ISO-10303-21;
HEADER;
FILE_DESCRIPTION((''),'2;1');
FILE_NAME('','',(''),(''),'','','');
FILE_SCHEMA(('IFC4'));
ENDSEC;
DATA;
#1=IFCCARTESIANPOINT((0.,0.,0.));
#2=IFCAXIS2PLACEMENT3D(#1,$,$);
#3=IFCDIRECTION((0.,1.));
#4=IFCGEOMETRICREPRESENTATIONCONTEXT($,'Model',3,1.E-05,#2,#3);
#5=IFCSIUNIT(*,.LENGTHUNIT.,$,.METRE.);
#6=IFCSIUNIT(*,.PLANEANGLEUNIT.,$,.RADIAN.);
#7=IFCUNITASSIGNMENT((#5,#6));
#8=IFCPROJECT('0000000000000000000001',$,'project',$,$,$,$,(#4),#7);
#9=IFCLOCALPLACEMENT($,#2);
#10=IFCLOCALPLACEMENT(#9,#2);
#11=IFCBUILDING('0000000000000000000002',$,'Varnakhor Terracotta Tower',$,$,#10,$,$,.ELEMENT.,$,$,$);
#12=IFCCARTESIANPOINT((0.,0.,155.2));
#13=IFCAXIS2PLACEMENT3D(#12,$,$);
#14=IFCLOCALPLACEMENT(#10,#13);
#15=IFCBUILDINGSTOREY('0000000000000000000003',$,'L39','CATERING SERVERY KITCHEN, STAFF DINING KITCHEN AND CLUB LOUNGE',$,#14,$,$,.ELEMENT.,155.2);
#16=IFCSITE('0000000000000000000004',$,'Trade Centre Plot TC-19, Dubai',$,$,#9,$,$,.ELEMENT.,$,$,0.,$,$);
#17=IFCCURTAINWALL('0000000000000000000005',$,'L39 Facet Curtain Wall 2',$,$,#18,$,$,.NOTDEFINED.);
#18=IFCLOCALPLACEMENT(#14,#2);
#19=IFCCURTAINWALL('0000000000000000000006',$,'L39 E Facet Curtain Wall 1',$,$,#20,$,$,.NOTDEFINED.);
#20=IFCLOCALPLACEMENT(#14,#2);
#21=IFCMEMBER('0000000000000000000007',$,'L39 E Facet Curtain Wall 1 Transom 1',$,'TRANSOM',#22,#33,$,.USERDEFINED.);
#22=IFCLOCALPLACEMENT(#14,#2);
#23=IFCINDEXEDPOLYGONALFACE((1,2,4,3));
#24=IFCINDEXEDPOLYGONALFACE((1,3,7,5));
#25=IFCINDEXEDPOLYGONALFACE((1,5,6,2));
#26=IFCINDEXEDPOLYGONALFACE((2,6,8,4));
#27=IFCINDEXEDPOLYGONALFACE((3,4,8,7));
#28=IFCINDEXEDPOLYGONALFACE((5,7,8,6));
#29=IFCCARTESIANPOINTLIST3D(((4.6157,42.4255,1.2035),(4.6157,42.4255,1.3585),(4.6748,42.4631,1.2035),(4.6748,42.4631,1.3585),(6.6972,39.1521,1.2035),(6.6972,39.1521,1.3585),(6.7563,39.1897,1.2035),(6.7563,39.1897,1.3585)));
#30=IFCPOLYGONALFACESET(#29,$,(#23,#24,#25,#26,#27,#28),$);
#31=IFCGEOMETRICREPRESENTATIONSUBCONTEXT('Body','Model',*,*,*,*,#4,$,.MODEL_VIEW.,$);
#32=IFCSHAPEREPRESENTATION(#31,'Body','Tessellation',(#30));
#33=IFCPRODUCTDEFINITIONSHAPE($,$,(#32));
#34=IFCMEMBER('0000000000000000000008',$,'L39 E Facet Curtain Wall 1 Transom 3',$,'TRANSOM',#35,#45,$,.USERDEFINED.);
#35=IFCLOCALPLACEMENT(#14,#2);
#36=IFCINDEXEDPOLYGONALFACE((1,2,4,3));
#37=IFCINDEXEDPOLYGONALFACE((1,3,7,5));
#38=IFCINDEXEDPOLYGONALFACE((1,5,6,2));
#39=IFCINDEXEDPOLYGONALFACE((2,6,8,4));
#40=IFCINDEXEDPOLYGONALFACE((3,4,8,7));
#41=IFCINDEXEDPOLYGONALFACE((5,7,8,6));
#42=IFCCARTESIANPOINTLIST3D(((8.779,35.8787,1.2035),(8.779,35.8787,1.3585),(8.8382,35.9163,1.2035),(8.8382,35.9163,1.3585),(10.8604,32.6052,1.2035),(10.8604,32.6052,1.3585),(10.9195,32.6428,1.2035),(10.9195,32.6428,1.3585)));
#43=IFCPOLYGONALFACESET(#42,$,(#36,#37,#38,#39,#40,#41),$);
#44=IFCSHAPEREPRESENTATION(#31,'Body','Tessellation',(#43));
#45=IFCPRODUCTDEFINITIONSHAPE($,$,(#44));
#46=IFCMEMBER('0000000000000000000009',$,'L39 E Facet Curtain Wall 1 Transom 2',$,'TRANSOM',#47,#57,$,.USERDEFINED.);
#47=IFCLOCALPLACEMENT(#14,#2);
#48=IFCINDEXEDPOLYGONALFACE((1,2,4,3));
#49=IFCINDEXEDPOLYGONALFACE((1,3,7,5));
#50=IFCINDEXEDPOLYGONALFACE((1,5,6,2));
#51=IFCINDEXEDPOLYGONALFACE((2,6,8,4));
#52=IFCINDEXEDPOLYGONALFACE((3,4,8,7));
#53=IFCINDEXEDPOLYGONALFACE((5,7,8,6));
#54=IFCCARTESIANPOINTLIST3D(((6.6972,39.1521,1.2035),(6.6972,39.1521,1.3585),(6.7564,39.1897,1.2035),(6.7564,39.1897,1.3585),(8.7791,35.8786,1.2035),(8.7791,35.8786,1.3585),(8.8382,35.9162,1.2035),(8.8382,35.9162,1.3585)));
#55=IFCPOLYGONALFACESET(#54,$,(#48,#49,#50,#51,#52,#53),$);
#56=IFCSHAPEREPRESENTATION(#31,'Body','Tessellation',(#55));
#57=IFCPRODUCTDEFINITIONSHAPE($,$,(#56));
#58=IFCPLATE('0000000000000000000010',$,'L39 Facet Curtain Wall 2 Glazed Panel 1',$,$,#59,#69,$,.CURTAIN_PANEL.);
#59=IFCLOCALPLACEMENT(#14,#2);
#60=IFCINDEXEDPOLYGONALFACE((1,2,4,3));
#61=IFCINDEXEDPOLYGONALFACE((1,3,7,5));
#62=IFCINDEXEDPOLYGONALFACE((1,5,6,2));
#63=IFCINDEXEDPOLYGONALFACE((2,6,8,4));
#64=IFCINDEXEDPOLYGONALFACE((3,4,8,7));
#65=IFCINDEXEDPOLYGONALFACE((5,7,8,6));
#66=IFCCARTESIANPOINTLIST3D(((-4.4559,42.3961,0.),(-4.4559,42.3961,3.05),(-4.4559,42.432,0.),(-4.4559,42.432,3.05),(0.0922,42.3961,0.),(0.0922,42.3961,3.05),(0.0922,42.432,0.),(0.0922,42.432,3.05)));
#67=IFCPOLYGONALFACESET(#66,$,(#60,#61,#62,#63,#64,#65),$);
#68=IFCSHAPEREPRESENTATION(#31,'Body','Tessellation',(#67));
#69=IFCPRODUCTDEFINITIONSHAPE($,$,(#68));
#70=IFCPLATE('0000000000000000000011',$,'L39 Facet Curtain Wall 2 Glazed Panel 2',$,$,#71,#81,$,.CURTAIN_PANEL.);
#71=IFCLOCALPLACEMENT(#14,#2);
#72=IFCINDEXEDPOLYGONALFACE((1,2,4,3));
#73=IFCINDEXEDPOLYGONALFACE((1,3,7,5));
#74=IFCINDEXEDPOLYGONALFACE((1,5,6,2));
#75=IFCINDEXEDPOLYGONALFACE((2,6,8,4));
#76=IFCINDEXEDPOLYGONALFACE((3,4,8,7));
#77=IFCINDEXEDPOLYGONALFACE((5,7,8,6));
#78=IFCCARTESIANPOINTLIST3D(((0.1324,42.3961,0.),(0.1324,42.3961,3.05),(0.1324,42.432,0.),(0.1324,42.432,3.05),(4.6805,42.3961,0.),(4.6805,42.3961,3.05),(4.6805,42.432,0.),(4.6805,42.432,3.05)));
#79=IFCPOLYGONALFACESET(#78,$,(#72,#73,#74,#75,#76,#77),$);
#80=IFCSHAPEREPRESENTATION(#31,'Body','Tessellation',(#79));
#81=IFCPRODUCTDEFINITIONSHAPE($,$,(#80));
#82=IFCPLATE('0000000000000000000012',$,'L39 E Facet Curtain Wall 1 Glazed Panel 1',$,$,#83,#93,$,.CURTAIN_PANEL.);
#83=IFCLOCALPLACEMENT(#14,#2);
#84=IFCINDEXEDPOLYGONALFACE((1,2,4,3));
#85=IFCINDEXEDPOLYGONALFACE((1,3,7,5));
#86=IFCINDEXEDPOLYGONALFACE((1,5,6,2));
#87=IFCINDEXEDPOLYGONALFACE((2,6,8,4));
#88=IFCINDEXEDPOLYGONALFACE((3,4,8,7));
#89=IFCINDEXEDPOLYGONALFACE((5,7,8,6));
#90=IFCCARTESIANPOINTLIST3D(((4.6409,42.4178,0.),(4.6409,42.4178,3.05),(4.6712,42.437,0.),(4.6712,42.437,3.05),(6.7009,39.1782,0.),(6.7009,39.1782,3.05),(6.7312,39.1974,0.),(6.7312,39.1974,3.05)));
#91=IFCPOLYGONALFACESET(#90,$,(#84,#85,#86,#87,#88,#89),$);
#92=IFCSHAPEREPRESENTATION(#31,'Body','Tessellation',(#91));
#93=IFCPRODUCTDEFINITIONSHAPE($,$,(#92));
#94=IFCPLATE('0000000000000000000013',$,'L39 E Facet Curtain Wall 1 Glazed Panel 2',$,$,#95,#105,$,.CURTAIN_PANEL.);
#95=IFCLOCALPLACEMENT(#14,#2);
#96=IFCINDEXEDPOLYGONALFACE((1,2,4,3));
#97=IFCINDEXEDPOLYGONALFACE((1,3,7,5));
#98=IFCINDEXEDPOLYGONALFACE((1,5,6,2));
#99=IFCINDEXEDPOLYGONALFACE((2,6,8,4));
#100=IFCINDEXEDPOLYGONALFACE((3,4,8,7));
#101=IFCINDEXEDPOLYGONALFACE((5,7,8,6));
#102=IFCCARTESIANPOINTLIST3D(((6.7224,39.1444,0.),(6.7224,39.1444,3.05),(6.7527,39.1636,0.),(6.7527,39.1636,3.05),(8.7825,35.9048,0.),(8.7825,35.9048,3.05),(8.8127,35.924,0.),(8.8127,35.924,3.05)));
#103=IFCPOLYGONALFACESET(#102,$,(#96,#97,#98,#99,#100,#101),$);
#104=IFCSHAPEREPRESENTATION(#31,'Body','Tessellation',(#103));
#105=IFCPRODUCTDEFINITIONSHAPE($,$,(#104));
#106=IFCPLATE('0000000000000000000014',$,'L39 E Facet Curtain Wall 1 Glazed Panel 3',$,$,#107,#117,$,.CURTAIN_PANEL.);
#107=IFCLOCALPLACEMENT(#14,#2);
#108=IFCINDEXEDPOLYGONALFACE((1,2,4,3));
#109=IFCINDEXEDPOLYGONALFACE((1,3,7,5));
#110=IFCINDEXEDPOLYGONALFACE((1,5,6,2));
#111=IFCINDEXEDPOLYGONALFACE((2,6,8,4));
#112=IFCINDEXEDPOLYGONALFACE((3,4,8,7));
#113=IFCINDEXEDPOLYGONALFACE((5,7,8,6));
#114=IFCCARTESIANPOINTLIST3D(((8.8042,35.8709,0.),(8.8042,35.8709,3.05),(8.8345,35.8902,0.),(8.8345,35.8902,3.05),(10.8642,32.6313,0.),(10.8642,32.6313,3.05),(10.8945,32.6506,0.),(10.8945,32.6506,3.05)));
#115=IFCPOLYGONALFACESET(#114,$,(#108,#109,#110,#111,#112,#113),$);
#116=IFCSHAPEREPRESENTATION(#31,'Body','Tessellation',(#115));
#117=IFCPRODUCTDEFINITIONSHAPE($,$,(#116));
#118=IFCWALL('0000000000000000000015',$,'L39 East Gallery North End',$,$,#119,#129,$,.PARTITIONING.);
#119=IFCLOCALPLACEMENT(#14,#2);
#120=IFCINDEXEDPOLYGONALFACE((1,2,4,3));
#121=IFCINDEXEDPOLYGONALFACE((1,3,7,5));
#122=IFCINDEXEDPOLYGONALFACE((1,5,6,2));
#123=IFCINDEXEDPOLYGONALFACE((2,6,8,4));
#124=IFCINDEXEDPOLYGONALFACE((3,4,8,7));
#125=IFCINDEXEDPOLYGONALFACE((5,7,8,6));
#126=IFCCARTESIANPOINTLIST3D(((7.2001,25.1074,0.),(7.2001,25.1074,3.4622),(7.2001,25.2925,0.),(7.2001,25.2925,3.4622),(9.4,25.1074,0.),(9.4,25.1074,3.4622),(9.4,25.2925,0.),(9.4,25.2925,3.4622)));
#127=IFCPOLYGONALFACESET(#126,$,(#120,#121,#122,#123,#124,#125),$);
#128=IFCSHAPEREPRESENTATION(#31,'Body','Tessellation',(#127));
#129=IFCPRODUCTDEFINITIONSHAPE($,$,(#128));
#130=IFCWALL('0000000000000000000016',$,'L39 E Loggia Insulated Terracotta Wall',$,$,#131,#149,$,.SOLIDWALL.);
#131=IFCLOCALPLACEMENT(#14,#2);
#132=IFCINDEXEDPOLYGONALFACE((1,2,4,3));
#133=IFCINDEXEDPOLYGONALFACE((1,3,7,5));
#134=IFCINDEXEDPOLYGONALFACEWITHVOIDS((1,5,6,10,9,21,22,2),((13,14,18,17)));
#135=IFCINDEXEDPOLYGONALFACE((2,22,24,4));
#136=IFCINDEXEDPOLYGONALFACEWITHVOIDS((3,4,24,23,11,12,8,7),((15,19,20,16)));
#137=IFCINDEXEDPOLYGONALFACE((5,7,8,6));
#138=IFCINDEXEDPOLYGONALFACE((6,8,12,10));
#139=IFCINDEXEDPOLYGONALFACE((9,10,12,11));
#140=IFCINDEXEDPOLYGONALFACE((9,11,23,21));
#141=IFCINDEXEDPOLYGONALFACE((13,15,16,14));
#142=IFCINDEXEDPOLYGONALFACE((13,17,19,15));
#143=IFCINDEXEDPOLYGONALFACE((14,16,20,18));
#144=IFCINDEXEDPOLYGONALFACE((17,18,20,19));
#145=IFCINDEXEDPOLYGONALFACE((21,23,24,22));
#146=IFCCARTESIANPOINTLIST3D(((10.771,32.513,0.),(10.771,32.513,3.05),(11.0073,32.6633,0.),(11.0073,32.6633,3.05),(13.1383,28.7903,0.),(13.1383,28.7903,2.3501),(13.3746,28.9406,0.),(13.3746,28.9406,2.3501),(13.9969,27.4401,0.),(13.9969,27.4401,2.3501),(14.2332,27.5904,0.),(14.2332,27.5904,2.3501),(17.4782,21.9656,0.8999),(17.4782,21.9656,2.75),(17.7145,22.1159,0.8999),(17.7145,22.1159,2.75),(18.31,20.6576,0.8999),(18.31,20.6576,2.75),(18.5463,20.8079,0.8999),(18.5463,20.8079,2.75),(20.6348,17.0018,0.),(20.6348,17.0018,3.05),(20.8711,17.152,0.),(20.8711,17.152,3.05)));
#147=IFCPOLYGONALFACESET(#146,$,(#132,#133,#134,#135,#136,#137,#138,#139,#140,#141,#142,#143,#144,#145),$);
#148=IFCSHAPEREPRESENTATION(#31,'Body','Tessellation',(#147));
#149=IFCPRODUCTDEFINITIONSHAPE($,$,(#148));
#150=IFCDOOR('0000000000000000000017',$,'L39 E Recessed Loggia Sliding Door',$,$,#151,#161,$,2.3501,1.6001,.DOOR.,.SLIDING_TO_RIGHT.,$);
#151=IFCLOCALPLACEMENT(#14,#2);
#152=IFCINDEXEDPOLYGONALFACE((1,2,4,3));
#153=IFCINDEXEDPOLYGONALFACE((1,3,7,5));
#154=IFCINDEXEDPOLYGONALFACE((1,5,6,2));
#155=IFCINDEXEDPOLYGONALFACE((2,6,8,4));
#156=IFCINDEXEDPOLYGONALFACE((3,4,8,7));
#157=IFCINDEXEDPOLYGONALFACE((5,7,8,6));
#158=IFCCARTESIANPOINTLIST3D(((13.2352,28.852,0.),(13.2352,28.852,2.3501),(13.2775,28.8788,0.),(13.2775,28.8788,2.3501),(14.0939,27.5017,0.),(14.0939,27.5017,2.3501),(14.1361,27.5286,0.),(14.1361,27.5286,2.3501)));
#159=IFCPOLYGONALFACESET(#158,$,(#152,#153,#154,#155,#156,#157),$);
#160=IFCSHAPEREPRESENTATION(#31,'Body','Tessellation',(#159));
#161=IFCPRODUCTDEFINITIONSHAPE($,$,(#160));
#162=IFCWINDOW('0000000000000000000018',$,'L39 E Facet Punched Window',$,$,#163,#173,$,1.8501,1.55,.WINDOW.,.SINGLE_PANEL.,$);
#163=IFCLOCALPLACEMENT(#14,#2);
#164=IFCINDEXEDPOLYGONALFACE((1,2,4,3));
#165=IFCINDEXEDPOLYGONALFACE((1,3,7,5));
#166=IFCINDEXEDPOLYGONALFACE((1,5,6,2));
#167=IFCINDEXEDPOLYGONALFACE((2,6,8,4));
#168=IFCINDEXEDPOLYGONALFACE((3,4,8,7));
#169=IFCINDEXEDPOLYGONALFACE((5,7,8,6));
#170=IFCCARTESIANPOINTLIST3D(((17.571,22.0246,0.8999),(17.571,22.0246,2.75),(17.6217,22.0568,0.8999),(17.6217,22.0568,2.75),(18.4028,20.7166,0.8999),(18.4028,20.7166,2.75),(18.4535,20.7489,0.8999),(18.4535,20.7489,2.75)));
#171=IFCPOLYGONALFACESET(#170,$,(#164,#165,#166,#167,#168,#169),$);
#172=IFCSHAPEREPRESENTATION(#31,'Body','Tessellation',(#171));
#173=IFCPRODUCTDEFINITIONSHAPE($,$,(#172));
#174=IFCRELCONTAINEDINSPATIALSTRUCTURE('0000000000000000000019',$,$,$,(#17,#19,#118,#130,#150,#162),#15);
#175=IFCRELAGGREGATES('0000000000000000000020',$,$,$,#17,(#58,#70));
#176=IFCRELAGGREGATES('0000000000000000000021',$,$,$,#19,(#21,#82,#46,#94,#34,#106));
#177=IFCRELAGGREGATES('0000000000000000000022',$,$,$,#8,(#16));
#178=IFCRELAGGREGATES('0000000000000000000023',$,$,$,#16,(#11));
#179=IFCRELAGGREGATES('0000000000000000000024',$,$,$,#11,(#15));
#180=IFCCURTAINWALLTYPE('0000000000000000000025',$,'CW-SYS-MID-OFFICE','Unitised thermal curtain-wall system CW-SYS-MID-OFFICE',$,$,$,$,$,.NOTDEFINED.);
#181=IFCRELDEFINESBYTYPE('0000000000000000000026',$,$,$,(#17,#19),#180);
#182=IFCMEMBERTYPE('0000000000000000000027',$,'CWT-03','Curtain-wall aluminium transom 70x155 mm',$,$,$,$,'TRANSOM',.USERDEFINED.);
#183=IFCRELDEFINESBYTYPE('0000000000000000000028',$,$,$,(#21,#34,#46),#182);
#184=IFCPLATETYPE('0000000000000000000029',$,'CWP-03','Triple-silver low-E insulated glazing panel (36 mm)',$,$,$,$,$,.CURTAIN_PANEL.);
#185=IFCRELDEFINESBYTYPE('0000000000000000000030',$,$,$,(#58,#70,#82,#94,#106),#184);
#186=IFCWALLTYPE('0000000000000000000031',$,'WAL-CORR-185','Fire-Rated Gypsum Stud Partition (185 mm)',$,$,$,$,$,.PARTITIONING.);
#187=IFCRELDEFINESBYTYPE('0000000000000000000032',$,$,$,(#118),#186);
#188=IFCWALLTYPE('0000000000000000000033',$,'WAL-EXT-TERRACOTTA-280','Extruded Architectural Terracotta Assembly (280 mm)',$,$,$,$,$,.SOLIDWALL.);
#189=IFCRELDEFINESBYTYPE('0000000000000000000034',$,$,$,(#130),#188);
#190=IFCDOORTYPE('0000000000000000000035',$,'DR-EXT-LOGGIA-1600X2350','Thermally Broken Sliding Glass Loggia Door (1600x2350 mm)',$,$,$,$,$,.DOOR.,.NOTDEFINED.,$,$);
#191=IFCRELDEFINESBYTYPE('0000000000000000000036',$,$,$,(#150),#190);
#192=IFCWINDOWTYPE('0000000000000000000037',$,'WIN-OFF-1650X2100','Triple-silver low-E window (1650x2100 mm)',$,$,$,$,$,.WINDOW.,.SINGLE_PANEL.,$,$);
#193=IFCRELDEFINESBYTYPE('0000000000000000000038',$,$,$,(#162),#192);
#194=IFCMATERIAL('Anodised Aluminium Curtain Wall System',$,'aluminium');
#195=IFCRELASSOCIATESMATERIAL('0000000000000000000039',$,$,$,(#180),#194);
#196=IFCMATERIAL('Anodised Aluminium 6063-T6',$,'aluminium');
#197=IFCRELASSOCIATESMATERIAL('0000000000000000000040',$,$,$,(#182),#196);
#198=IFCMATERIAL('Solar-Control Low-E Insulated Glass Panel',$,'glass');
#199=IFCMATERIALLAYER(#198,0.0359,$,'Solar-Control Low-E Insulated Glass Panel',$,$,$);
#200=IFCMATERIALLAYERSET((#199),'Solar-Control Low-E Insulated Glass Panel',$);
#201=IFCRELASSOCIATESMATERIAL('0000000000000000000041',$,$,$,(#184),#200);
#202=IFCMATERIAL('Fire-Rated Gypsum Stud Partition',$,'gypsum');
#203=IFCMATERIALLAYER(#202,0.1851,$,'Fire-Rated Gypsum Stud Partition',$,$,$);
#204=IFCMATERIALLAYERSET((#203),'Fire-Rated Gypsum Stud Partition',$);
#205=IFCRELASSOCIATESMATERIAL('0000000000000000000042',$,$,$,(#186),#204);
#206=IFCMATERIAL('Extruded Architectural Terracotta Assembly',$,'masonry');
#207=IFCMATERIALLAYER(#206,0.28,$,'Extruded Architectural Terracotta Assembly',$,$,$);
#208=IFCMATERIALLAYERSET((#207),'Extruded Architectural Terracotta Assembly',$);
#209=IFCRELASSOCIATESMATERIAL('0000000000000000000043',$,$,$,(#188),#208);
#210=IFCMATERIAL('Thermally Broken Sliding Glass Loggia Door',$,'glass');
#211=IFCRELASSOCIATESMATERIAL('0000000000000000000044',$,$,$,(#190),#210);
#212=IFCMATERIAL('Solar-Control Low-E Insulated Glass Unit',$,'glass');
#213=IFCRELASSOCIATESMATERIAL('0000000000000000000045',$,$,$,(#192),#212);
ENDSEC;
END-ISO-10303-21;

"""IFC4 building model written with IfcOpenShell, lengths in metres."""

from ifc_helpers import new_model, si_unit, direction, frame, frame_2d, origin, origin_2d, place, context, subcontext, project, spatial, rectangle, extrude, source, transform, mapped, material, layer, layer_set, material_profile, profile_set, type_object, type_shapes, element, fill, aggregate, save


model = new_model("IFC4")

# Units and contexts
model_context = context("Model", 3, precision=1e-05, world=origin(), true_north=direction((0.0, 1.0)))
body_context = subcontext(model_context, "Body", "Model", "MODEL_VIEW")
ifc_project = project(units=[si_unit("LENGTHUNIT", "METRE"), si_unit("PLANEANGLEUNIT", "RADIAN")], contexts=[model_context])

# Site, building, storey
site_placement = place(None, origin())
site = spatial("IfcSite", under=ifc_project, at=site_placement, Name="Trade Centre Plot TC-19, Dubai", CompositionType="ELEMENT", RefElevation=0.0)
building_placement = place(site_placement, origin())
building = spatial("IfcBuilding", under=site, at=building_placement, Name="Varnakhor Terracotta Tower", CompositionType="ELEMENT")
storey_placement = place(building_placement, frame((0.0, 0.0, 155.2)))
storey = spatial("IfcBuildingStorey", under=building, at=storey_placement, Name="L39", Description="CATERING SERVERY KITCHEN, STAFF DINING KITCHEN AND CLUB LOUNGE", CompositionType="ELEMENT", Elevation=155.2)

# Curtain wall
ifc_material_1 = material(Name="Anodised Aluminium Curtain Wall System", Category="aluminium")
curtain_wall_type = type_object("IfcCurtainWallType", Name="CW-SYS-MID-OFFICE", Description="Unitised thermal curtain-wall system CW-SYS-MID-OFFICE", PredefinedType="NOTDEFINED", material=ifc_material_1)
curtain_wall_1_placement = place(storey_placement, origin())
curtain_wall_1 = element("IfcCurtainWall", 1, at=curtain_wall_1_placement, inside=storey, type_object=curtain_wall_type, Name="L39 Facet Curtain Wall 2", PredefinedType="NOTDEFINED")
ifc_material_2 = material(Name="Anodised Aluminium 6063-T6", Category="aluminium")

# Curtain wall
curtain_wall_2_placement = place(storey_placement, origin())
curtain_wall_2 = element("IfcCurtainWall", 2, at=curtain_wall_2_placement, inside=storey, type_object=curtain_wall_type, Name="L39 E Facet Curtain Wall 1", PredefinedType="NOTDEFINED")

# Members
ifc_material_profile_1 = material_profile(ifc_material_2, rectangle(XDim=0.0701, YDim=0.155, at=origin_2d()), Name="ALU TRANSOM 70x155")
ifc_profile_set_1 = profile_set([ifc_material_profile_1], Name="Anodised Aluminium 6063-T6")
member_type_1 = type_object("IfcMemberType", Name="CWT-03", Description="Curtain-wall aluminium transom 70x155 mm", ElementType="TRANSOM", PredefinedType="USERDEFINED", material=ifc_profile_set_1)
shared_shape_1 = source(origin(), body_context, "Body", "SweptSolid", [
    extrude(rectangle(XDim=0.0701, YDim=0.155, at=origin_2d()), origin(), (0.0, 0.0, 1.0), 3.8792),
])
member_1_placement = place(storey_placement, frame((4.6453, 42.4443, 1.281), z_axis=(0.53659, -0.843843, 0.0), x_axis=(0.843843, 0.53659, 0.0)))
member_1 = element("IfcMember", 3, at=member_1_placement, type_object=member_type_1, Name="L39 E Facet Curtain Wall 1 Transom 1", ObjectType="TRANSOM", PredefinedType="USERDEFINED", context=body_context, shape_type="MappedRepresentation", body=[
    mapped(shared_shape_1, transform((0.0, 0.0, 0.0), scale=1.0)),
])
member_2_placement = place(storey_placement, frame((8.8086, 35.8975, 1.281), z_axis=(0.536546, -0.843871, 0.0), x_axis=(0.843871, 0.536546, 0.0)))
member_2 = element("IfcMember", 4, at=member_2_placement, type_object=member_type_1, Name="L39 E Facet Curtain Wall 1 Transom 3", ObjectType="TRANSOM", PredefinedType="USERDEFINED", context=body_context, shape_type="MappedRepresentation", body=[
    mapped(shared_shape_1, transform((0.0, 0.0, 0.0), scale=1.0)),
])
shared_shape_2 = source(origin(), body_context, "Body", "SweptSolid", [
    extrude(rectangle(XDim=0.0701, YDim=0.155, at=origin_2d()), origin(), (0.0, 0.0, 1.0), 3.8794),
])
member_3_placement = place(storey_placement, frame((6.7268, 39.1709, 1.281), z_axis=(0.536635, -0.843814, 0.0), x_axis=(0.843814, 0.536635, 0.0)))
member_3 = element("IfcMember", 5, at=member_3_placement, type_object=member_type_1, Name="L39 E Facet Curtain Wall 1 Transom 2", ObjectType="TRANSOM", PredefinedType="USERDEFINED", context=body_context, shape_type="MappedRepresentation", body=[
    mapped(shared_shape_2, transform((0.0, 0.0, 0.0), scale=1.0)),
])

# Plates
ifc_material_3 = material(Name="Solar-Control Low-E Insulated Glass Panel", Category="glass")
ifc_layer_1 = layer(ifc_material_3, 0.0359, Name="Solar-Control Low-E Insulated Glass Panel")
ifc_layer_set_1 = layer_set([ifc_layer_1], Name="Solar-Control Low-E Insulated Glass Panel")
plate_type = type_object("IfcPlateType", Name="CWP-03", Description="Triple-silver low-E insulated glazing panel (36 mm)", PredefinedType="CURTAIN_PANEL", material=ifc_layer_set_1)
shared_shape_3 = source(origin(), body_context, "Body", "SweptSolid", [
    extrude(rectangle(XDim=4.5481, YDim=0.0359, at=origin_2d()), origin(), (0.0, 0.0, 1.0), 3.05),
])
plate_1_placement = place(storey_placement, frame((-2.1819, 42.4141, 0.0), z_axis=(0.0, 0.0, 1.0), x_axis=(1.0, 0.0, 0.0)))
plate_1 = element("IfcPlate", 6, at=plate_1_placement, type_object=plate_type, Name="L39 Facet Curtain Wall 2 Glazed Panel 1", PredefinedType="CURTAIN_PANEL", context=body_context, shape_type="MappedRepresentation", body=[
    mapped(shared_shape_3, transform((0.0, 0.0, 0.0), scale=1.0)),
])
plate_2_placement = place(storey_placement, frame((2.4065, 42.4141, 0.0), z_axis=(0.0, 0.0, 1.0), x_axis=(1.0, 0.0, 0.0)))
plate_2 = element("IfcPlate", 7, at=plate_2_placement, type_object=plate_type, Name="L39 Facet Curtain Wall 2 Glazed Panel 2", PredefinedType="CURTAIN_PANEL", context=body_context, shape_type="MappedRepresentation", body=[
    mapped(shared_shape_3, transform((0.0, 0.0, 0.0), scale=1.0)),
])
aggregate(curtain_wall_1, [plate_1, plate_2])
shared_shape_4 = source(origin(), body_context, "Body", "SweptSolid", [
    extrude(rectangle(XDim=3.8391, YDim=0.0359, at=origin_2d()), origin(), (0.0, 0.0, 1.0), 3.05),
])
plate_3_placement = place(storey_placement, frame((5.686, 40.8076, 0.0), z_axis=(0.0, 0.0, 1.0), x_axis=(0.536593, -0.843841, 0.0)))
plate_3 = element("IfcPlate", 8, at=plate_3_placement, type_object=plate_type, Name="L39 E Facet Curtain Wall 1 Glazed Panel 1", PredefinedType="CURTAIN_PANEL", context=body_context, shape_type="MappedRepresentation", body=[
    mapped(shared_shape_4, transform((0.0, 0.0, 0.0), scale=1.0)),
])
plate_4_placement = place(storey_placement, frame((7.7676, 37.5342, 0.0), z_axis=(0.0, 0.0, 1.0), x_axis=(0.536593, -0.843841, 0.0)))
plate_4 = element("IfcPlate", 9, at=plate_4_placement, type_object=plate_type, Name="L39 E Facet Curtain Wall 1 Glazed Panel 2", PredefinedType="CURTAIN_PANEL", context=body_context, shape_type="MappedRepresentation", body=[
    mapped(shared_shape_4, transform((0.0, 0.0, 0.0), scale=1.0)),
])
plate_5_placement = place(storey_placement, frame((9.8494, 34.2607, 0.0), z_axis=(0.0, 0.0, 1.0), x_axis=(0.536593, -0.843841, 0.0)))
plate_5 = element("IfcPlate", 10, at=plate_5_placement, type_object=plate_type, Name="L39 E Facet Curtain Wall 1 Glazed Panel 3", PredefinedType="CURTAIN_PANEL", context=body_context, shape_type="MappedRepresentation", body=[
    mapped(shared_shape_4, transform((0.0, 0.0, 0.0), scale=1.0)),
])
aggregate(curtain_wall_2, [member_1, plate_3, member_3, plate_4, member_2, plate_5])

# Wall
ifc_material_4 = material(Name="Fire-Rated Gypsum Stud Partition", Category="gypsum")
ifc_layer_2 = layer(ifc_material_4, 0.1851, Name="Fire-Rated Gypsum Stud Partition")
ifc_layer_set_2 = layer_set([ifc_layer_2], Name="Fire-Rated Gypsum Stud Partition")
wall_type_1 = type_object("IfcWallType", Name="WAL-CORR-185", Description="Fire-Rated Gypsum Stud Partition (185 mm)", PredefinedType="PARTITIONING", material=ifc_layer_set_2)
wall_1_placement = place(storey_placement, frame((7.2, 25.2, 0.0), z_axis=(0.0, 0.0, 1.0), x_axis=(1.0, 0.0, 0.0)))
element("IfcWall", 11, at=wall_1_placement, inside=storey, type_object=wall_type_1, Name="L39 East Gallery North End", PredefinedType="PARTITIONING", context=body_context, shape_type="SweptSolid", body=[
    extrude(rectangle(XDim=2.2, YDim=0.1851, at=frame_2d((1.1001, 0.0))), origin(), (0.0, 0.0, 1.0), 3.4622),
])

# Wall, openings, door, window
ifc_material_5 = material(Name="Extruded Architectural Terracotta Assembly", Category="masonry")
ifc_layer_3 = layer(ifc_material_5, 0.28, Name="Extruded Architectural Terracotta Assembly")
ifc_layer_set_3 = layer_set([ifc_layer_3], Name="Extruded Architectural Terracotta Assembly")
wall_type_2 = type_object("IfcWallType", Name="WAL-EXT-TERRACOTTA-280", Description="Extruded Architectural Terracotta Assembly (280 mm)", PredefinedType="SOLIDWALL", material=ifc_layer_set_3)
wall_2_placement = place(storey_placement, frame((10.8892, 32.5881, 0.0), z_axis=(0.0, 0.0, 1.0), x_axis=(0.536604, -0.843834, 0.0)))
wall_2 = element("IfcWall", 12, at=wall_2_placement, inside=storey, type_object=wall_type_2, Name="L39 E Loggia Insulated Terracotta Wall", PredefinedType="SOLIDWALL", context=body_context, shape_type="SweptSolid", body=[
    extrude(rectangle(XDim=18.3818, YDim=0.28, at=frame_2d((9.1909, 0.0))), origin(), (0.0, 0.0, 1.0), 3.05),
])
opening_1_placement = place(wall_2_placement, frame((4.4116, 0.0, 0.0)))
opening_1 = element("IfcOpeningElement", 13, at=opening_1_placement, cuts=wall_2, PredefinedType="OPENING", context=body_context, shape_type="SweptSolid", body=[
    extrude(rectangle(XDim=1.6001, YDim=2.3501, at=frame_2d((0.8, 1.175))), frame((0.0, 0.1499, 0.0), z_axis=(0.0, -1.0, 0.0), x_axis=(1.0, 0.0, 0.0)), (0.0, 0.0, 1.0), 0.3),
])
opening_2_placement = place(wall_2_placement, frame((12.4995, 0.0, 0.8999)))
opening_2 = element("IfcOpeningElement", 14, at=opening_2_placement, cuts=wall_2, PredefinedType="OPENING", context=body_context, shape_type="SweptSolid", body=[
    extrude(rectangle(XDim=1.55, YDim=1.8501, at=frame_2d((0.7749, 0.925))), frame((0.0, 0.1499, 0.0), z_axis=(0.0, -1.0, 0.0), x_axis=(1.0, 0.0, 0.0)), (0.0, 0.0, 1.0), 0.3),
])
ifc_material_6 = material(Name="Thermally Broken Sliding Glass Loggia Door", Category="glass")
door_type = type_object("IfcDoorType", Name="DR-EXT-LOGGIA-1600X2350", Description="Thermally Broken Sliding Glass Loggia Door (1600x2350 mm)", OperationType="NOTDEFINED", PredefinedType="DOOR", material=ifc_material_6)
shared_shape_5 = source(origin(), body_context, "Body", "SweptSolid", [
    extrude(rectangle(XDim=1.6001, YDim=2.3501, at=frame_2d((0.8, 1.175))), frame((0.0, 0.0249, 0.0), z_axis=(0.0, -1.0, 0.0), x_axis=(1.0, 0.0, 0.0)), (0.0, 0.0, 1.0), 0.05),
])
type_shapes(door_type, [shared_shape_5])
door_placement = place(opening_1_placement, origin())
door = element("IfcDoor", 15, at=door_placement, inside=storey, type_object=door_type, Name="L39 E Recessed Loggia Sliding Door", OperationType="SLIDING_TO_RIGHT", OverallHeight=2.3501, OverallWidth=1.6001, PredefinedType="DOOR", context=body_context, shape_type="MappedRepresentation", body=[
    mapped(shared_shape_5, transform((0.0, 0.0, 0.0), scale=1.0)),
])
fill(opening_1, door)
ifc_material_7 = material(Name="Solar-Control Low-E Insulated Glass Unit", Category="glass")
window_type = type_object("IfcWindowType", Name="WIN-OFF-1650X2100", Description="Triple-silver low-E window (1650x2100 mm)", PartitioningType="SINGLE_PANEL", PredefinedType="WINDOW", material=ifc_material_7)
shared_shape_6 = source(origin(), body_context, "Body", "SweptSolid", [
    extrude(rectangle(XDim=1.55, YDim=1.8501, at=frame_2d((0.7749, 0.925))), frame((0.0, 0.03, 0.0), z_axis=(0.0, -1.0, 0.0), x_axis=(1.0, 0.0, 0.0)), (0.0, 0.0, 1.0), 0.0601),
])
type_shapes(window_type, [shared_shape_6])
window_placement = place(opening_2_placement, origin())
window = element("IfcWindow", 16, at=window_placement, inside=storey, type_object=window_type, Name="L39 E Facet Punched Window", OverallHeight=1.8501, OverallWidth=1.55, PartitioningType="SINGLE_PANEL", PredefinedType="WINDOW", context=body_context, shape_type="MappedRepresentation", body=[
    mapped(shared_shape_6, transform((0.0, 0.0, 0.0), scale=1.0)),
])
fill(opening_2, window)

save(model, "model.ifc")
